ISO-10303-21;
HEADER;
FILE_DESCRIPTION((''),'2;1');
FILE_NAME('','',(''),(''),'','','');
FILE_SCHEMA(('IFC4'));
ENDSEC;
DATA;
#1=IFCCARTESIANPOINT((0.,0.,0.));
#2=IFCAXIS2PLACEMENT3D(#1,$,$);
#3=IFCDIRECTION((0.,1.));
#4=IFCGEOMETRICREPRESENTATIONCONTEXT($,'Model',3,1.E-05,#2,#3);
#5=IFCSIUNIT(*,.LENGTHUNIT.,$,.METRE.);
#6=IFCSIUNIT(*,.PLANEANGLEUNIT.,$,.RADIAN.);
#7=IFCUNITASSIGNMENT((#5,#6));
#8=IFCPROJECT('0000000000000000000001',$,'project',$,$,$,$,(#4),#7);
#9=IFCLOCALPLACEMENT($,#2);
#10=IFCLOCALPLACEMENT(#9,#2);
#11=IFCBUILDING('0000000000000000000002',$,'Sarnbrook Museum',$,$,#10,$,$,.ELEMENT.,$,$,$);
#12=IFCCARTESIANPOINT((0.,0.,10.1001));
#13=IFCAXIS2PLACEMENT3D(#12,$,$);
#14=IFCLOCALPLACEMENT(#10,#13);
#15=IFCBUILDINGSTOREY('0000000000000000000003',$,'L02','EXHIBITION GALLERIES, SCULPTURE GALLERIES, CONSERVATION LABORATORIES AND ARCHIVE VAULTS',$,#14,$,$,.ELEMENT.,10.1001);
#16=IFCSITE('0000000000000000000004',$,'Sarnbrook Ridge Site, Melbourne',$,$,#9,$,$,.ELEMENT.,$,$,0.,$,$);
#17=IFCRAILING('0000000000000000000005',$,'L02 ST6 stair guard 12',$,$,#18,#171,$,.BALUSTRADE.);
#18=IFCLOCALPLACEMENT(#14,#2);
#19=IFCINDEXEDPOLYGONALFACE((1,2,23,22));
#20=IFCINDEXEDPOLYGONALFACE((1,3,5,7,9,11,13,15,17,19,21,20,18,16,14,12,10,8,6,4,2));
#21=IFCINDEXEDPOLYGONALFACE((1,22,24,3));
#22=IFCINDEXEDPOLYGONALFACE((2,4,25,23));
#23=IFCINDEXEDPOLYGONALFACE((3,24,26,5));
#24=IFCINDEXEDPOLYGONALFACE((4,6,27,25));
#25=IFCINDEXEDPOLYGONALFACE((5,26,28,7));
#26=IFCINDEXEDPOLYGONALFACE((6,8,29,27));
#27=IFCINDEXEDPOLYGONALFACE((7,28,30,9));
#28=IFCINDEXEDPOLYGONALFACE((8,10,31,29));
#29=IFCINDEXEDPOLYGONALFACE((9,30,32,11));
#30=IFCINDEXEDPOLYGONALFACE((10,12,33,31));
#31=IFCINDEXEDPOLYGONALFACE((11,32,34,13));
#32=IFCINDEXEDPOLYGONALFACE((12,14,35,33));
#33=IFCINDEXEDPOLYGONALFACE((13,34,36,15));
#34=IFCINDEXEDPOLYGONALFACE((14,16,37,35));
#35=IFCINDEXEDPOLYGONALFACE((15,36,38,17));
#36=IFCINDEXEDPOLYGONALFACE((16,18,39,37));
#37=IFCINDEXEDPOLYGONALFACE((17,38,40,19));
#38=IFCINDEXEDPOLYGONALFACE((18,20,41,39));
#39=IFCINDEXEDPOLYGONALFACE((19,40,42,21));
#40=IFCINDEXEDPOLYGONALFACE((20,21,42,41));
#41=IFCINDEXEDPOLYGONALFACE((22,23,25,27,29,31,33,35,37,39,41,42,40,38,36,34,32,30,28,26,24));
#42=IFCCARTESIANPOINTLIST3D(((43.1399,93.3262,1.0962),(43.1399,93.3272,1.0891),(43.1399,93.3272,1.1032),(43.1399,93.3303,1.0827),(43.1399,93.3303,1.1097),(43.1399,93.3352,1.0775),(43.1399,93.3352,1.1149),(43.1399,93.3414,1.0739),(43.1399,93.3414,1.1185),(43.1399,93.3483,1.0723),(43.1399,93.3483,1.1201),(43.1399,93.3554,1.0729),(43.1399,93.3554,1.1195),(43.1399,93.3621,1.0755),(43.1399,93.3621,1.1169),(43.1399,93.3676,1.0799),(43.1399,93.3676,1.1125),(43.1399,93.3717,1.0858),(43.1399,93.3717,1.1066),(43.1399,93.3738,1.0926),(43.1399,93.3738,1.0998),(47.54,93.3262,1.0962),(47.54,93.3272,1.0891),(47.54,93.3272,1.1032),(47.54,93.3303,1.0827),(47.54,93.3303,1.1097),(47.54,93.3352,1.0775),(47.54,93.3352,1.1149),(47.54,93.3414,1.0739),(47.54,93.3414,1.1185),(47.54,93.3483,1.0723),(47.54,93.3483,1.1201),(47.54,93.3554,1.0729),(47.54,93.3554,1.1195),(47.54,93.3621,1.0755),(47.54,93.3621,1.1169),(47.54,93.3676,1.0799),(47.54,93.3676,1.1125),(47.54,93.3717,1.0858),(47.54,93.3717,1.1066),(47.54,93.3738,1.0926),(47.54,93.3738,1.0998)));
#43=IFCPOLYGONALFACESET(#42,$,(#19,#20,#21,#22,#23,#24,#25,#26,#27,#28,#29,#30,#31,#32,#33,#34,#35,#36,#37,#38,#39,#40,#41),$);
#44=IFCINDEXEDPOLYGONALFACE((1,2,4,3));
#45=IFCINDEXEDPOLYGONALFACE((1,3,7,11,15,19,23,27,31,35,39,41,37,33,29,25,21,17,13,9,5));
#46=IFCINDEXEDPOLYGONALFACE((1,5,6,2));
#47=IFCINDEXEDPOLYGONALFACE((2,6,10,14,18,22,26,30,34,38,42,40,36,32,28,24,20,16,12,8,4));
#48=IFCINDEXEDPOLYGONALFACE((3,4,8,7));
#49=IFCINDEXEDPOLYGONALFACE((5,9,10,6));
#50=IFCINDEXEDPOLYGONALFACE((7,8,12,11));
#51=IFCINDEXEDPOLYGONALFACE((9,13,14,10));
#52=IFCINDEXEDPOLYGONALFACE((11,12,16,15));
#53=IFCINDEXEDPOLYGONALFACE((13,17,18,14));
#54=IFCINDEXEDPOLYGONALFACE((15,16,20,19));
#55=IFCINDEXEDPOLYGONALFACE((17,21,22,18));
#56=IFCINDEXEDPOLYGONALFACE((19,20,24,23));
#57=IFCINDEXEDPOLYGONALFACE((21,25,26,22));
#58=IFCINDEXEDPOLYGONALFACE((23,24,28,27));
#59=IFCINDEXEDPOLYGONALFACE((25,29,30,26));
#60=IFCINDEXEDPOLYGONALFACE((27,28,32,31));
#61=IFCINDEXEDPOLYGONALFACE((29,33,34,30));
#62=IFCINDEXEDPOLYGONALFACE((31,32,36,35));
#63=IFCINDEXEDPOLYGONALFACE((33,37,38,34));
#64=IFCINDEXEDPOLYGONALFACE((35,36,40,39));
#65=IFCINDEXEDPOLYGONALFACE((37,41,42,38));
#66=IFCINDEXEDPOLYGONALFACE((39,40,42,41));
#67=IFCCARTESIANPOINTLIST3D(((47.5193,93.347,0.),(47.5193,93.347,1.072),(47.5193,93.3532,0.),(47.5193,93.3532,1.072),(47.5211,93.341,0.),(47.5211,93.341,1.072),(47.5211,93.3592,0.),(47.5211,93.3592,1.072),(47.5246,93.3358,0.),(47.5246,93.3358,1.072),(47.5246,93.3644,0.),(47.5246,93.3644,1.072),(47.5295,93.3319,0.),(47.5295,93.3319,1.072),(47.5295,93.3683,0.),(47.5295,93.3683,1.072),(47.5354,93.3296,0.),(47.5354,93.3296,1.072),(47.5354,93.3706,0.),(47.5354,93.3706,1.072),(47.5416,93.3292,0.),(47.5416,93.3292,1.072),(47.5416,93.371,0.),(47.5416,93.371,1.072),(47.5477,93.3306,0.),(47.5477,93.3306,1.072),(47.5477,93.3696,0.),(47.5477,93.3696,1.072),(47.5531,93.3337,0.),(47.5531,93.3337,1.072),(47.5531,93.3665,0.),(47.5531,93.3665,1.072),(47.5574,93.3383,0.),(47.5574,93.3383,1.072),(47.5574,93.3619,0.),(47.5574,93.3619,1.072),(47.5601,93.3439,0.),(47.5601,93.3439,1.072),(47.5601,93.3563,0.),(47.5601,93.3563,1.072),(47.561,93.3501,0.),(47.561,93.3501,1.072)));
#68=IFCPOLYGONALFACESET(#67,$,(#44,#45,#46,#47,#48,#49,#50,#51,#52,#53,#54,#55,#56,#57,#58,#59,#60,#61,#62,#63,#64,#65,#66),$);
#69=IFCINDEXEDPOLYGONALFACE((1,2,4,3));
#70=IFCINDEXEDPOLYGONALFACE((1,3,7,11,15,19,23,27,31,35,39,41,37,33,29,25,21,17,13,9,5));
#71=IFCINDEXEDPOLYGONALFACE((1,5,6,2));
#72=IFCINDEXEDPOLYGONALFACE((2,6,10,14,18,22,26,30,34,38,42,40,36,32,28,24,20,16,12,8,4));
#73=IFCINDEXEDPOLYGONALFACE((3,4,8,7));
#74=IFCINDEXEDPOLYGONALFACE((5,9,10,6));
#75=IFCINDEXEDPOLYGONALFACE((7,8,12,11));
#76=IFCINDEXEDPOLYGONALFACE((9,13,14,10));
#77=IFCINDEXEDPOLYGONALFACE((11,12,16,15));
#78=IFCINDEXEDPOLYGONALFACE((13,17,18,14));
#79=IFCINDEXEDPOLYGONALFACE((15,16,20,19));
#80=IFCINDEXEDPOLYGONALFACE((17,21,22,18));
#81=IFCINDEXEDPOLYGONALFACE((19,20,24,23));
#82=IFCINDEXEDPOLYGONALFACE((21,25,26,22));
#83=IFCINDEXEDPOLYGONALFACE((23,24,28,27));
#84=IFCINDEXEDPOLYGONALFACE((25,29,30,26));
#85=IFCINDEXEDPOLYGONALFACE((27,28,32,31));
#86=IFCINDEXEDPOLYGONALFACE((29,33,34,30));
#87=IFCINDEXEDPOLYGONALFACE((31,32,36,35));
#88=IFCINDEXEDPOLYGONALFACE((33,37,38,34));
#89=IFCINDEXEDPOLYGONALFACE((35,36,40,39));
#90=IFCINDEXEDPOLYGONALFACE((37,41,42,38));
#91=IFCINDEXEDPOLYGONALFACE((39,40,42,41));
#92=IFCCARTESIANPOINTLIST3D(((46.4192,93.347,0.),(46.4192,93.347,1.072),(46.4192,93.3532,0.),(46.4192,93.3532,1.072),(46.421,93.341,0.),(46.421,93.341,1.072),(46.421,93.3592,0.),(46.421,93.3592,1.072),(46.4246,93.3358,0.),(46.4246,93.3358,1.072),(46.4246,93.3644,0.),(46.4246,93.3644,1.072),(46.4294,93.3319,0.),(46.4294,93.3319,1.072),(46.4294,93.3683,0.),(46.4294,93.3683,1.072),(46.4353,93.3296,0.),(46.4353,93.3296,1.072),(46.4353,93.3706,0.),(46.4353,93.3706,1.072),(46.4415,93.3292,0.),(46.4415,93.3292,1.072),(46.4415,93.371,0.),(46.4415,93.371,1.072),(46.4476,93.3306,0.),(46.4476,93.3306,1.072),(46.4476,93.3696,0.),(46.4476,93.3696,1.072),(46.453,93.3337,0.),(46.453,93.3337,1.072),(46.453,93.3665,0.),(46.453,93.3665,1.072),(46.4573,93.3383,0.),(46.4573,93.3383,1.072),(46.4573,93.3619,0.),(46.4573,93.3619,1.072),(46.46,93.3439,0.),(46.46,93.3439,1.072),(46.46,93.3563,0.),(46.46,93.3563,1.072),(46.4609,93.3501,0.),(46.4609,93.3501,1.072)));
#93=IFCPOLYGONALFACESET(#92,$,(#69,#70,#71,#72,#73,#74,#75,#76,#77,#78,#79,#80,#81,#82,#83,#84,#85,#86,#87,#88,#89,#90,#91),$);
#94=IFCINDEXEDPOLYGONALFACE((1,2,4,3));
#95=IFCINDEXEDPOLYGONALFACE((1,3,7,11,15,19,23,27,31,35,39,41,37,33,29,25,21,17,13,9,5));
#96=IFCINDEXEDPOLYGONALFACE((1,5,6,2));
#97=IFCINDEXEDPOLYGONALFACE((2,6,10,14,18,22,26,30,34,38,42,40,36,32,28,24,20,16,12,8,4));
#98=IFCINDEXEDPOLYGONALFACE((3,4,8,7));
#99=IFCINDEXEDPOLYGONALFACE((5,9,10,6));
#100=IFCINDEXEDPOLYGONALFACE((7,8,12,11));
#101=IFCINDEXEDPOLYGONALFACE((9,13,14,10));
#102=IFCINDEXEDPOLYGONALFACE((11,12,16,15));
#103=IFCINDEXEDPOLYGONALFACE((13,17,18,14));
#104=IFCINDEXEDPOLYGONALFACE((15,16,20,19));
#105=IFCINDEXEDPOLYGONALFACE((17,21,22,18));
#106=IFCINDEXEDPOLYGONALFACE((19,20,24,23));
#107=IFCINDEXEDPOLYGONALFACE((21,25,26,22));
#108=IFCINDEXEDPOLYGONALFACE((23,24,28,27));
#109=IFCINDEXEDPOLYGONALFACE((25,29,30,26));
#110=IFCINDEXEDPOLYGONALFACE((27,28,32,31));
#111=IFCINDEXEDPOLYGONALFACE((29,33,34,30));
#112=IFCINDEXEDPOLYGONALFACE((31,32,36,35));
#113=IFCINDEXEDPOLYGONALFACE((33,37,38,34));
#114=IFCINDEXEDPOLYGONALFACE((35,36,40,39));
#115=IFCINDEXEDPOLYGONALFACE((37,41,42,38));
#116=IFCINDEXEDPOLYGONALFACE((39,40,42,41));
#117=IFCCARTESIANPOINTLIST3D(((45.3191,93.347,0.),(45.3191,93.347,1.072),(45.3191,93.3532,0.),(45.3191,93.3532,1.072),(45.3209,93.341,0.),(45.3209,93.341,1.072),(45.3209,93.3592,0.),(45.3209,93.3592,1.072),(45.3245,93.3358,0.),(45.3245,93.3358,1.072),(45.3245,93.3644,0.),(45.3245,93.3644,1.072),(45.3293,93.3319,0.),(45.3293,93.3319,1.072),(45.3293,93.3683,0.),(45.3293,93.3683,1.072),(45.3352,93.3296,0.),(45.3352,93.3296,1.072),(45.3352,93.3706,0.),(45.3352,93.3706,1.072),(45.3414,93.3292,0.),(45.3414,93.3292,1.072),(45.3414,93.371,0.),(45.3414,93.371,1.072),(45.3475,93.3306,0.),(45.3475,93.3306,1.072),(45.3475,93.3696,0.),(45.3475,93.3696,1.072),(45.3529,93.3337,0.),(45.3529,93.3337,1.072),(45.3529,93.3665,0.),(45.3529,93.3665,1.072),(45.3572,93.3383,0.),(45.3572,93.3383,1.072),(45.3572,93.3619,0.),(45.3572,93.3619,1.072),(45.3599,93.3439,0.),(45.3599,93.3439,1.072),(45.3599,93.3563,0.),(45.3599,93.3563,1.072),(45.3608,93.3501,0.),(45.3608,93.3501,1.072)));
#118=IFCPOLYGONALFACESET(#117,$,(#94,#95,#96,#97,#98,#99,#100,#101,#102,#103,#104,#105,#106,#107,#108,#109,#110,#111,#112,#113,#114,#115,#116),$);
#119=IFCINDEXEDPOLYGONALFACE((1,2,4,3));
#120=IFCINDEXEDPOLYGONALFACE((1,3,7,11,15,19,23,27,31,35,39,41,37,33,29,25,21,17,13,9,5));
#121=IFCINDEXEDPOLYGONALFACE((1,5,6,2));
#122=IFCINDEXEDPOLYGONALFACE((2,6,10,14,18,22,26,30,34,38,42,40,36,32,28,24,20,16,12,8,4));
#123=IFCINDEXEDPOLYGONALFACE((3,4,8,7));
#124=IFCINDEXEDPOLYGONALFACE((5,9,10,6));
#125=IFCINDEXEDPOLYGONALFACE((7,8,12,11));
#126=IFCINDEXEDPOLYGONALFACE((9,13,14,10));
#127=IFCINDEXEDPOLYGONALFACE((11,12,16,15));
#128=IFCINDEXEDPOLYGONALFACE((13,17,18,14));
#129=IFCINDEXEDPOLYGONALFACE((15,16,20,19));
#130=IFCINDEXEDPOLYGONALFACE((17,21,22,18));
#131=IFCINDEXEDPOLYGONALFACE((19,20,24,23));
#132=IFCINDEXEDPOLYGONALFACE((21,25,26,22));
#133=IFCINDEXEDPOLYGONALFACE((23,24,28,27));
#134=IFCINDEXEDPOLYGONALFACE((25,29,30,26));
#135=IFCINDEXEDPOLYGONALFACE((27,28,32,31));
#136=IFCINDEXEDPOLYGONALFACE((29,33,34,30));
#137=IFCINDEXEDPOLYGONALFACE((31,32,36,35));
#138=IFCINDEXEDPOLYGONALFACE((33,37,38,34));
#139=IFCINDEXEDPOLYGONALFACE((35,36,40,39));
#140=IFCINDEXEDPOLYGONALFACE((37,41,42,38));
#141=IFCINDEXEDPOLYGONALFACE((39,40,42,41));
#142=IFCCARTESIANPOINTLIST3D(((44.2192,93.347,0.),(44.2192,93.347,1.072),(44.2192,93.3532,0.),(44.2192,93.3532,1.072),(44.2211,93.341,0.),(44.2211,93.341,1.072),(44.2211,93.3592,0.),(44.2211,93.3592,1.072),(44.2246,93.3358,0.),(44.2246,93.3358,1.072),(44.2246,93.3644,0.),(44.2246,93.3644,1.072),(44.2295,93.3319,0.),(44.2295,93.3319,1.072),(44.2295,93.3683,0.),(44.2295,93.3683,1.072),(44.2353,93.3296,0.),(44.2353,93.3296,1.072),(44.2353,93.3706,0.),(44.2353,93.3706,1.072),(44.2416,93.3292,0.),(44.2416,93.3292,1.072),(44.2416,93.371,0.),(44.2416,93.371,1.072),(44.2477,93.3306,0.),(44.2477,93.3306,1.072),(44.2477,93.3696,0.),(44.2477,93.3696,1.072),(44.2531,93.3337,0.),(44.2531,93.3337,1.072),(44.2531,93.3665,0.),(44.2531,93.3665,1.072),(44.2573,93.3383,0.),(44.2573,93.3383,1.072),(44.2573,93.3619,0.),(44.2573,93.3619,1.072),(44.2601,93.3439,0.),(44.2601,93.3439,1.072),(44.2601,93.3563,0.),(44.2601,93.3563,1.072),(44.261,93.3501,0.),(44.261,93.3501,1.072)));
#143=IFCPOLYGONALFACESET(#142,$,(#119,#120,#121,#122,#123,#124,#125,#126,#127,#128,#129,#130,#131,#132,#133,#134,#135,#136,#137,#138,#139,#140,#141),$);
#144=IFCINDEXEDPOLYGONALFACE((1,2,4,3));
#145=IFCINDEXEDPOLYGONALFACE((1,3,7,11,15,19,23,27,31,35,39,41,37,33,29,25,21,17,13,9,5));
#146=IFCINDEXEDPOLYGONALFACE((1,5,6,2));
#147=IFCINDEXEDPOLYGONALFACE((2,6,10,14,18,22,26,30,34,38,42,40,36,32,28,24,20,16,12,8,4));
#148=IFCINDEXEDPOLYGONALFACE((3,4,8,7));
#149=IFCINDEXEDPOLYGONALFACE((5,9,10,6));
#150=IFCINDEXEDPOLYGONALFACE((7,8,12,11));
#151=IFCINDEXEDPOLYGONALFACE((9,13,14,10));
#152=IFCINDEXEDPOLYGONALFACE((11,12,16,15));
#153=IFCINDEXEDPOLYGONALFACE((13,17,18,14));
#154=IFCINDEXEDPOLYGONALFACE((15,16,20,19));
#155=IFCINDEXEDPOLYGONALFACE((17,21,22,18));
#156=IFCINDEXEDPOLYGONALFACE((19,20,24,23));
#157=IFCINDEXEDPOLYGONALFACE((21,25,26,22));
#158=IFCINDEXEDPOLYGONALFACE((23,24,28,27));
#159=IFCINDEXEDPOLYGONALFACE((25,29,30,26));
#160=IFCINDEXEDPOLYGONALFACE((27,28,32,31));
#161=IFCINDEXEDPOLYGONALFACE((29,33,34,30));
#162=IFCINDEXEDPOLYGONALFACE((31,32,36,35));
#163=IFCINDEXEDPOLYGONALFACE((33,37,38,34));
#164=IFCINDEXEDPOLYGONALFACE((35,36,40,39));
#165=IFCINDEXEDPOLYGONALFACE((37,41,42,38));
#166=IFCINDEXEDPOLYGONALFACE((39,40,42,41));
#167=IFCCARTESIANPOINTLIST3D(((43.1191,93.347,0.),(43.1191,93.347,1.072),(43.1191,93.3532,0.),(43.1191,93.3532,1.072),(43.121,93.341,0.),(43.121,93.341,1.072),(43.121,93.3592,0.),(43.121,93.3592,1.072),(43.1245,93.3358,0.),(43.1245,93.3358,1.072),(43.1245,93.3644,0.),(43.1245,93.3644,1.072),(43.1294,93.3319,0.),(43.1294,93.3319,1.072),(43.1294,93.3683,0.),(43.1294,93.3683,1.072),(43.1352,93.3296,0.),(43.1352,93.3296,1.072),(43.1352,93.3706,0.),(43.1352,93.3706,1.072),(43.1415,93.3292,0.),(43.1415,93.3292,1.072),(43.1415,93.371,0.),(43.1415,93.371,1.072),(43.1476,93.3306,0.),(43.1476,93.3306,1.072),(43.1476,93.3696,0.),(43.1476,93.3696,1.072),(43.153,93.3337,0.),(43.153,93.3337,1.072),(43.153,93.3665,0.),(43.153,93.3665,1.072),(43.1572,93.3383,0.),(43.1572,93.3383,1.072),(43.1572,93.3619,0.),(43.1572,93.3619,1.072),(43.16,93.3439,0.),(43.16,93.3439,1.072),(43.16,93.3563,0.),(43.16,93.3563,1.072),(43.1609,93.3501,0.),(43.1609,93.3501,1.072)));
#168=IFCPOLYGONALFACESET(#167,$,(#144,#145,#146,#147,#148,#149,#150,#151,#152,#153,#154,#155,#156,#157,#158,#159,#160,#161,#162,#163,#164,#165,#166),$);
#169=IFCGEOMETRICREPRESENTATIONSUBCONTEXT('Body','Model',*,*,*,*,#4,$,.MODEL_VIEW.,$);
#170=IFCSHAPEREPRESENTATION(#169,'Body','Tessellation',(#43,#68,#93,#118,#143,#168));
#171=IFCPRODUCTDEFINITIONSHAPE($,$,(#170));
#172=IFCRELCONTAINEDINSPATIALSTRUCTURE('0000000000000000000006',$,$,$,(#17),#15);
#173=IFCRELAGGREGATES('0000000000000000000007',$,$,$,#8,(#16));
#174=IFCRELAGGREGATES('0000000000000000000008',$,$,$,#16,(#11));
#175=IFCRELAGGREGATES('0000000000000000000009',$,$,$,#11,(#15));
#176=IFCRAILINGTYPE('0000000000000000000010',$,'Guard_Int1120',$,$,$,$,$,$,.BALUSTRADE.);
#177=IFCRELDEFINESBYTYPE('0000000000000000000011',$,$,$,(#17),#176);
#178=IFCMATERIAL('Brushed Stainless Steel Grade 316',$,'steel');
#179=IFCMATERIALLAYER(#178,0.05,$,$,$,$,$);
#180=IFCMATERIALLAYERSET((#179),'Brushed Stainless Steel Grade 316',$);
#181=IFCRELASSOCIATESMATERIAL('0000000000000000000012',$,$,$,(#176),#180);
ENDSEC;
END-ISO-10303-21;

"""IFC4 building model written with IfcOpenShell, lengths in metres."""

from ifc_helpers import new_model, si_unit, direction, frame, origin, origin_2d, place, context, subcontext, project, spatial, circle, extrude, material, layer, layer_set, type_object, element, save


model = new_model("IFC4")

# Units and contexts
model_context = context("Model", 3, precision=1e-05, world=origin(), true_north=direction((0.0, 1.0)))
body_context = subcontext(model_context, "Body", "Model", "MODEL_VIEW")
ifc_project = project(units=[si_unit("LENGTHUNIT", "METRE"), si_unit("PLANEANGLEUNIT", "RADIAN")], contexts=[model_context])

# Site, building, storey
site_placement = place(None, origin())
site = spatial("IfcSite", under=ifc_project, at=site_placement, Name="Sarnbrook Ridge Site, Melbourne", CompositionType="ELEMENT", RefElevation=0.0)
building_placement = place(site_placement, origin())
building = spatial("IfcBuilding", under=site, at=building_placement, Name="Sarnbrook Museum", CompositionType="ELEMENT")
storey_placement = place(building_placement, frame((0.0, 0.0, 10.1001)))
storey = spatial("IfcBuildingStorey", under=building, at=storey_placement, Name="L02", Description="EXHIBITION GALLERIES, SCULPTURE GALLERIES, CONSERVATION LABORATORIES AND ARCHIVE VAULTS", CompositionType="ELEMENT", Elevation=10.1001)

# Railing
ifc_material_1 = material(Name="Brushed Stainless Steel Grade 316", Category="steel")
ifc_layer_1 = layer(ifc_material_1, 0.05)
ifc_layer_set_1 = layer_set([ifc_layer_1], Name="Brushed Stainless Steel Grade 316")
railing_type_1 = type_object("IfcRailingType", Name="Guard_Int1120", PredefinedType="BALUSTRADE", material=ifc_layer_set_1)
railing_1_placement = place(storey_placement, frame((47.54, 93.3501, 0.0)))
element("IfcRailing", 1, at=railing_1_placement, inside=storey, type_object=railing_type_1, Name="L02 ST6 stair guard 12", PredefinedType="BALUSTRADE", context=body_context, shape_type="SweptSolid", body=[
    extrude(circle(Radius=0.0239, at=origin_2d()), frame((0.0, 0.0, 1.0962), z_axis=(-1.0, 0.0, 0.0), x_axis=(0.0, -1.0, 0.0)), (0.0, 0.0, 1.0), 4.4001),
    extrude(circle(Radius=0.021, at=origin_2d()), origin(), (0.0, 0.0, 1.0), 1.072),
    extrude(circle(Radius=0.021, at=origin_2d()), frame((-1.1001, 0.0, 0.0)), (0.0, 0.0, 1.0), 1.072),
    extrude(circle(Radius=0.021, at=origin_2d()), frame((-2.2002, 0.0, 0.0)), (0.0, 0.0, 1.0), 1.072),
    extrude(circle(Radius=0.021, at=origin_2d()), frame((-3.3, 0.0, 0.0)), (0.0, 0.0, 1.0), 1.072),
    extrude(circle(Radius=0.021, at=origin_2d()), frame((-4.4001, 0.0, 0.0)), (0.0, 0.0, 1.0), 1.072),
])

save(model, "model.ifc")
